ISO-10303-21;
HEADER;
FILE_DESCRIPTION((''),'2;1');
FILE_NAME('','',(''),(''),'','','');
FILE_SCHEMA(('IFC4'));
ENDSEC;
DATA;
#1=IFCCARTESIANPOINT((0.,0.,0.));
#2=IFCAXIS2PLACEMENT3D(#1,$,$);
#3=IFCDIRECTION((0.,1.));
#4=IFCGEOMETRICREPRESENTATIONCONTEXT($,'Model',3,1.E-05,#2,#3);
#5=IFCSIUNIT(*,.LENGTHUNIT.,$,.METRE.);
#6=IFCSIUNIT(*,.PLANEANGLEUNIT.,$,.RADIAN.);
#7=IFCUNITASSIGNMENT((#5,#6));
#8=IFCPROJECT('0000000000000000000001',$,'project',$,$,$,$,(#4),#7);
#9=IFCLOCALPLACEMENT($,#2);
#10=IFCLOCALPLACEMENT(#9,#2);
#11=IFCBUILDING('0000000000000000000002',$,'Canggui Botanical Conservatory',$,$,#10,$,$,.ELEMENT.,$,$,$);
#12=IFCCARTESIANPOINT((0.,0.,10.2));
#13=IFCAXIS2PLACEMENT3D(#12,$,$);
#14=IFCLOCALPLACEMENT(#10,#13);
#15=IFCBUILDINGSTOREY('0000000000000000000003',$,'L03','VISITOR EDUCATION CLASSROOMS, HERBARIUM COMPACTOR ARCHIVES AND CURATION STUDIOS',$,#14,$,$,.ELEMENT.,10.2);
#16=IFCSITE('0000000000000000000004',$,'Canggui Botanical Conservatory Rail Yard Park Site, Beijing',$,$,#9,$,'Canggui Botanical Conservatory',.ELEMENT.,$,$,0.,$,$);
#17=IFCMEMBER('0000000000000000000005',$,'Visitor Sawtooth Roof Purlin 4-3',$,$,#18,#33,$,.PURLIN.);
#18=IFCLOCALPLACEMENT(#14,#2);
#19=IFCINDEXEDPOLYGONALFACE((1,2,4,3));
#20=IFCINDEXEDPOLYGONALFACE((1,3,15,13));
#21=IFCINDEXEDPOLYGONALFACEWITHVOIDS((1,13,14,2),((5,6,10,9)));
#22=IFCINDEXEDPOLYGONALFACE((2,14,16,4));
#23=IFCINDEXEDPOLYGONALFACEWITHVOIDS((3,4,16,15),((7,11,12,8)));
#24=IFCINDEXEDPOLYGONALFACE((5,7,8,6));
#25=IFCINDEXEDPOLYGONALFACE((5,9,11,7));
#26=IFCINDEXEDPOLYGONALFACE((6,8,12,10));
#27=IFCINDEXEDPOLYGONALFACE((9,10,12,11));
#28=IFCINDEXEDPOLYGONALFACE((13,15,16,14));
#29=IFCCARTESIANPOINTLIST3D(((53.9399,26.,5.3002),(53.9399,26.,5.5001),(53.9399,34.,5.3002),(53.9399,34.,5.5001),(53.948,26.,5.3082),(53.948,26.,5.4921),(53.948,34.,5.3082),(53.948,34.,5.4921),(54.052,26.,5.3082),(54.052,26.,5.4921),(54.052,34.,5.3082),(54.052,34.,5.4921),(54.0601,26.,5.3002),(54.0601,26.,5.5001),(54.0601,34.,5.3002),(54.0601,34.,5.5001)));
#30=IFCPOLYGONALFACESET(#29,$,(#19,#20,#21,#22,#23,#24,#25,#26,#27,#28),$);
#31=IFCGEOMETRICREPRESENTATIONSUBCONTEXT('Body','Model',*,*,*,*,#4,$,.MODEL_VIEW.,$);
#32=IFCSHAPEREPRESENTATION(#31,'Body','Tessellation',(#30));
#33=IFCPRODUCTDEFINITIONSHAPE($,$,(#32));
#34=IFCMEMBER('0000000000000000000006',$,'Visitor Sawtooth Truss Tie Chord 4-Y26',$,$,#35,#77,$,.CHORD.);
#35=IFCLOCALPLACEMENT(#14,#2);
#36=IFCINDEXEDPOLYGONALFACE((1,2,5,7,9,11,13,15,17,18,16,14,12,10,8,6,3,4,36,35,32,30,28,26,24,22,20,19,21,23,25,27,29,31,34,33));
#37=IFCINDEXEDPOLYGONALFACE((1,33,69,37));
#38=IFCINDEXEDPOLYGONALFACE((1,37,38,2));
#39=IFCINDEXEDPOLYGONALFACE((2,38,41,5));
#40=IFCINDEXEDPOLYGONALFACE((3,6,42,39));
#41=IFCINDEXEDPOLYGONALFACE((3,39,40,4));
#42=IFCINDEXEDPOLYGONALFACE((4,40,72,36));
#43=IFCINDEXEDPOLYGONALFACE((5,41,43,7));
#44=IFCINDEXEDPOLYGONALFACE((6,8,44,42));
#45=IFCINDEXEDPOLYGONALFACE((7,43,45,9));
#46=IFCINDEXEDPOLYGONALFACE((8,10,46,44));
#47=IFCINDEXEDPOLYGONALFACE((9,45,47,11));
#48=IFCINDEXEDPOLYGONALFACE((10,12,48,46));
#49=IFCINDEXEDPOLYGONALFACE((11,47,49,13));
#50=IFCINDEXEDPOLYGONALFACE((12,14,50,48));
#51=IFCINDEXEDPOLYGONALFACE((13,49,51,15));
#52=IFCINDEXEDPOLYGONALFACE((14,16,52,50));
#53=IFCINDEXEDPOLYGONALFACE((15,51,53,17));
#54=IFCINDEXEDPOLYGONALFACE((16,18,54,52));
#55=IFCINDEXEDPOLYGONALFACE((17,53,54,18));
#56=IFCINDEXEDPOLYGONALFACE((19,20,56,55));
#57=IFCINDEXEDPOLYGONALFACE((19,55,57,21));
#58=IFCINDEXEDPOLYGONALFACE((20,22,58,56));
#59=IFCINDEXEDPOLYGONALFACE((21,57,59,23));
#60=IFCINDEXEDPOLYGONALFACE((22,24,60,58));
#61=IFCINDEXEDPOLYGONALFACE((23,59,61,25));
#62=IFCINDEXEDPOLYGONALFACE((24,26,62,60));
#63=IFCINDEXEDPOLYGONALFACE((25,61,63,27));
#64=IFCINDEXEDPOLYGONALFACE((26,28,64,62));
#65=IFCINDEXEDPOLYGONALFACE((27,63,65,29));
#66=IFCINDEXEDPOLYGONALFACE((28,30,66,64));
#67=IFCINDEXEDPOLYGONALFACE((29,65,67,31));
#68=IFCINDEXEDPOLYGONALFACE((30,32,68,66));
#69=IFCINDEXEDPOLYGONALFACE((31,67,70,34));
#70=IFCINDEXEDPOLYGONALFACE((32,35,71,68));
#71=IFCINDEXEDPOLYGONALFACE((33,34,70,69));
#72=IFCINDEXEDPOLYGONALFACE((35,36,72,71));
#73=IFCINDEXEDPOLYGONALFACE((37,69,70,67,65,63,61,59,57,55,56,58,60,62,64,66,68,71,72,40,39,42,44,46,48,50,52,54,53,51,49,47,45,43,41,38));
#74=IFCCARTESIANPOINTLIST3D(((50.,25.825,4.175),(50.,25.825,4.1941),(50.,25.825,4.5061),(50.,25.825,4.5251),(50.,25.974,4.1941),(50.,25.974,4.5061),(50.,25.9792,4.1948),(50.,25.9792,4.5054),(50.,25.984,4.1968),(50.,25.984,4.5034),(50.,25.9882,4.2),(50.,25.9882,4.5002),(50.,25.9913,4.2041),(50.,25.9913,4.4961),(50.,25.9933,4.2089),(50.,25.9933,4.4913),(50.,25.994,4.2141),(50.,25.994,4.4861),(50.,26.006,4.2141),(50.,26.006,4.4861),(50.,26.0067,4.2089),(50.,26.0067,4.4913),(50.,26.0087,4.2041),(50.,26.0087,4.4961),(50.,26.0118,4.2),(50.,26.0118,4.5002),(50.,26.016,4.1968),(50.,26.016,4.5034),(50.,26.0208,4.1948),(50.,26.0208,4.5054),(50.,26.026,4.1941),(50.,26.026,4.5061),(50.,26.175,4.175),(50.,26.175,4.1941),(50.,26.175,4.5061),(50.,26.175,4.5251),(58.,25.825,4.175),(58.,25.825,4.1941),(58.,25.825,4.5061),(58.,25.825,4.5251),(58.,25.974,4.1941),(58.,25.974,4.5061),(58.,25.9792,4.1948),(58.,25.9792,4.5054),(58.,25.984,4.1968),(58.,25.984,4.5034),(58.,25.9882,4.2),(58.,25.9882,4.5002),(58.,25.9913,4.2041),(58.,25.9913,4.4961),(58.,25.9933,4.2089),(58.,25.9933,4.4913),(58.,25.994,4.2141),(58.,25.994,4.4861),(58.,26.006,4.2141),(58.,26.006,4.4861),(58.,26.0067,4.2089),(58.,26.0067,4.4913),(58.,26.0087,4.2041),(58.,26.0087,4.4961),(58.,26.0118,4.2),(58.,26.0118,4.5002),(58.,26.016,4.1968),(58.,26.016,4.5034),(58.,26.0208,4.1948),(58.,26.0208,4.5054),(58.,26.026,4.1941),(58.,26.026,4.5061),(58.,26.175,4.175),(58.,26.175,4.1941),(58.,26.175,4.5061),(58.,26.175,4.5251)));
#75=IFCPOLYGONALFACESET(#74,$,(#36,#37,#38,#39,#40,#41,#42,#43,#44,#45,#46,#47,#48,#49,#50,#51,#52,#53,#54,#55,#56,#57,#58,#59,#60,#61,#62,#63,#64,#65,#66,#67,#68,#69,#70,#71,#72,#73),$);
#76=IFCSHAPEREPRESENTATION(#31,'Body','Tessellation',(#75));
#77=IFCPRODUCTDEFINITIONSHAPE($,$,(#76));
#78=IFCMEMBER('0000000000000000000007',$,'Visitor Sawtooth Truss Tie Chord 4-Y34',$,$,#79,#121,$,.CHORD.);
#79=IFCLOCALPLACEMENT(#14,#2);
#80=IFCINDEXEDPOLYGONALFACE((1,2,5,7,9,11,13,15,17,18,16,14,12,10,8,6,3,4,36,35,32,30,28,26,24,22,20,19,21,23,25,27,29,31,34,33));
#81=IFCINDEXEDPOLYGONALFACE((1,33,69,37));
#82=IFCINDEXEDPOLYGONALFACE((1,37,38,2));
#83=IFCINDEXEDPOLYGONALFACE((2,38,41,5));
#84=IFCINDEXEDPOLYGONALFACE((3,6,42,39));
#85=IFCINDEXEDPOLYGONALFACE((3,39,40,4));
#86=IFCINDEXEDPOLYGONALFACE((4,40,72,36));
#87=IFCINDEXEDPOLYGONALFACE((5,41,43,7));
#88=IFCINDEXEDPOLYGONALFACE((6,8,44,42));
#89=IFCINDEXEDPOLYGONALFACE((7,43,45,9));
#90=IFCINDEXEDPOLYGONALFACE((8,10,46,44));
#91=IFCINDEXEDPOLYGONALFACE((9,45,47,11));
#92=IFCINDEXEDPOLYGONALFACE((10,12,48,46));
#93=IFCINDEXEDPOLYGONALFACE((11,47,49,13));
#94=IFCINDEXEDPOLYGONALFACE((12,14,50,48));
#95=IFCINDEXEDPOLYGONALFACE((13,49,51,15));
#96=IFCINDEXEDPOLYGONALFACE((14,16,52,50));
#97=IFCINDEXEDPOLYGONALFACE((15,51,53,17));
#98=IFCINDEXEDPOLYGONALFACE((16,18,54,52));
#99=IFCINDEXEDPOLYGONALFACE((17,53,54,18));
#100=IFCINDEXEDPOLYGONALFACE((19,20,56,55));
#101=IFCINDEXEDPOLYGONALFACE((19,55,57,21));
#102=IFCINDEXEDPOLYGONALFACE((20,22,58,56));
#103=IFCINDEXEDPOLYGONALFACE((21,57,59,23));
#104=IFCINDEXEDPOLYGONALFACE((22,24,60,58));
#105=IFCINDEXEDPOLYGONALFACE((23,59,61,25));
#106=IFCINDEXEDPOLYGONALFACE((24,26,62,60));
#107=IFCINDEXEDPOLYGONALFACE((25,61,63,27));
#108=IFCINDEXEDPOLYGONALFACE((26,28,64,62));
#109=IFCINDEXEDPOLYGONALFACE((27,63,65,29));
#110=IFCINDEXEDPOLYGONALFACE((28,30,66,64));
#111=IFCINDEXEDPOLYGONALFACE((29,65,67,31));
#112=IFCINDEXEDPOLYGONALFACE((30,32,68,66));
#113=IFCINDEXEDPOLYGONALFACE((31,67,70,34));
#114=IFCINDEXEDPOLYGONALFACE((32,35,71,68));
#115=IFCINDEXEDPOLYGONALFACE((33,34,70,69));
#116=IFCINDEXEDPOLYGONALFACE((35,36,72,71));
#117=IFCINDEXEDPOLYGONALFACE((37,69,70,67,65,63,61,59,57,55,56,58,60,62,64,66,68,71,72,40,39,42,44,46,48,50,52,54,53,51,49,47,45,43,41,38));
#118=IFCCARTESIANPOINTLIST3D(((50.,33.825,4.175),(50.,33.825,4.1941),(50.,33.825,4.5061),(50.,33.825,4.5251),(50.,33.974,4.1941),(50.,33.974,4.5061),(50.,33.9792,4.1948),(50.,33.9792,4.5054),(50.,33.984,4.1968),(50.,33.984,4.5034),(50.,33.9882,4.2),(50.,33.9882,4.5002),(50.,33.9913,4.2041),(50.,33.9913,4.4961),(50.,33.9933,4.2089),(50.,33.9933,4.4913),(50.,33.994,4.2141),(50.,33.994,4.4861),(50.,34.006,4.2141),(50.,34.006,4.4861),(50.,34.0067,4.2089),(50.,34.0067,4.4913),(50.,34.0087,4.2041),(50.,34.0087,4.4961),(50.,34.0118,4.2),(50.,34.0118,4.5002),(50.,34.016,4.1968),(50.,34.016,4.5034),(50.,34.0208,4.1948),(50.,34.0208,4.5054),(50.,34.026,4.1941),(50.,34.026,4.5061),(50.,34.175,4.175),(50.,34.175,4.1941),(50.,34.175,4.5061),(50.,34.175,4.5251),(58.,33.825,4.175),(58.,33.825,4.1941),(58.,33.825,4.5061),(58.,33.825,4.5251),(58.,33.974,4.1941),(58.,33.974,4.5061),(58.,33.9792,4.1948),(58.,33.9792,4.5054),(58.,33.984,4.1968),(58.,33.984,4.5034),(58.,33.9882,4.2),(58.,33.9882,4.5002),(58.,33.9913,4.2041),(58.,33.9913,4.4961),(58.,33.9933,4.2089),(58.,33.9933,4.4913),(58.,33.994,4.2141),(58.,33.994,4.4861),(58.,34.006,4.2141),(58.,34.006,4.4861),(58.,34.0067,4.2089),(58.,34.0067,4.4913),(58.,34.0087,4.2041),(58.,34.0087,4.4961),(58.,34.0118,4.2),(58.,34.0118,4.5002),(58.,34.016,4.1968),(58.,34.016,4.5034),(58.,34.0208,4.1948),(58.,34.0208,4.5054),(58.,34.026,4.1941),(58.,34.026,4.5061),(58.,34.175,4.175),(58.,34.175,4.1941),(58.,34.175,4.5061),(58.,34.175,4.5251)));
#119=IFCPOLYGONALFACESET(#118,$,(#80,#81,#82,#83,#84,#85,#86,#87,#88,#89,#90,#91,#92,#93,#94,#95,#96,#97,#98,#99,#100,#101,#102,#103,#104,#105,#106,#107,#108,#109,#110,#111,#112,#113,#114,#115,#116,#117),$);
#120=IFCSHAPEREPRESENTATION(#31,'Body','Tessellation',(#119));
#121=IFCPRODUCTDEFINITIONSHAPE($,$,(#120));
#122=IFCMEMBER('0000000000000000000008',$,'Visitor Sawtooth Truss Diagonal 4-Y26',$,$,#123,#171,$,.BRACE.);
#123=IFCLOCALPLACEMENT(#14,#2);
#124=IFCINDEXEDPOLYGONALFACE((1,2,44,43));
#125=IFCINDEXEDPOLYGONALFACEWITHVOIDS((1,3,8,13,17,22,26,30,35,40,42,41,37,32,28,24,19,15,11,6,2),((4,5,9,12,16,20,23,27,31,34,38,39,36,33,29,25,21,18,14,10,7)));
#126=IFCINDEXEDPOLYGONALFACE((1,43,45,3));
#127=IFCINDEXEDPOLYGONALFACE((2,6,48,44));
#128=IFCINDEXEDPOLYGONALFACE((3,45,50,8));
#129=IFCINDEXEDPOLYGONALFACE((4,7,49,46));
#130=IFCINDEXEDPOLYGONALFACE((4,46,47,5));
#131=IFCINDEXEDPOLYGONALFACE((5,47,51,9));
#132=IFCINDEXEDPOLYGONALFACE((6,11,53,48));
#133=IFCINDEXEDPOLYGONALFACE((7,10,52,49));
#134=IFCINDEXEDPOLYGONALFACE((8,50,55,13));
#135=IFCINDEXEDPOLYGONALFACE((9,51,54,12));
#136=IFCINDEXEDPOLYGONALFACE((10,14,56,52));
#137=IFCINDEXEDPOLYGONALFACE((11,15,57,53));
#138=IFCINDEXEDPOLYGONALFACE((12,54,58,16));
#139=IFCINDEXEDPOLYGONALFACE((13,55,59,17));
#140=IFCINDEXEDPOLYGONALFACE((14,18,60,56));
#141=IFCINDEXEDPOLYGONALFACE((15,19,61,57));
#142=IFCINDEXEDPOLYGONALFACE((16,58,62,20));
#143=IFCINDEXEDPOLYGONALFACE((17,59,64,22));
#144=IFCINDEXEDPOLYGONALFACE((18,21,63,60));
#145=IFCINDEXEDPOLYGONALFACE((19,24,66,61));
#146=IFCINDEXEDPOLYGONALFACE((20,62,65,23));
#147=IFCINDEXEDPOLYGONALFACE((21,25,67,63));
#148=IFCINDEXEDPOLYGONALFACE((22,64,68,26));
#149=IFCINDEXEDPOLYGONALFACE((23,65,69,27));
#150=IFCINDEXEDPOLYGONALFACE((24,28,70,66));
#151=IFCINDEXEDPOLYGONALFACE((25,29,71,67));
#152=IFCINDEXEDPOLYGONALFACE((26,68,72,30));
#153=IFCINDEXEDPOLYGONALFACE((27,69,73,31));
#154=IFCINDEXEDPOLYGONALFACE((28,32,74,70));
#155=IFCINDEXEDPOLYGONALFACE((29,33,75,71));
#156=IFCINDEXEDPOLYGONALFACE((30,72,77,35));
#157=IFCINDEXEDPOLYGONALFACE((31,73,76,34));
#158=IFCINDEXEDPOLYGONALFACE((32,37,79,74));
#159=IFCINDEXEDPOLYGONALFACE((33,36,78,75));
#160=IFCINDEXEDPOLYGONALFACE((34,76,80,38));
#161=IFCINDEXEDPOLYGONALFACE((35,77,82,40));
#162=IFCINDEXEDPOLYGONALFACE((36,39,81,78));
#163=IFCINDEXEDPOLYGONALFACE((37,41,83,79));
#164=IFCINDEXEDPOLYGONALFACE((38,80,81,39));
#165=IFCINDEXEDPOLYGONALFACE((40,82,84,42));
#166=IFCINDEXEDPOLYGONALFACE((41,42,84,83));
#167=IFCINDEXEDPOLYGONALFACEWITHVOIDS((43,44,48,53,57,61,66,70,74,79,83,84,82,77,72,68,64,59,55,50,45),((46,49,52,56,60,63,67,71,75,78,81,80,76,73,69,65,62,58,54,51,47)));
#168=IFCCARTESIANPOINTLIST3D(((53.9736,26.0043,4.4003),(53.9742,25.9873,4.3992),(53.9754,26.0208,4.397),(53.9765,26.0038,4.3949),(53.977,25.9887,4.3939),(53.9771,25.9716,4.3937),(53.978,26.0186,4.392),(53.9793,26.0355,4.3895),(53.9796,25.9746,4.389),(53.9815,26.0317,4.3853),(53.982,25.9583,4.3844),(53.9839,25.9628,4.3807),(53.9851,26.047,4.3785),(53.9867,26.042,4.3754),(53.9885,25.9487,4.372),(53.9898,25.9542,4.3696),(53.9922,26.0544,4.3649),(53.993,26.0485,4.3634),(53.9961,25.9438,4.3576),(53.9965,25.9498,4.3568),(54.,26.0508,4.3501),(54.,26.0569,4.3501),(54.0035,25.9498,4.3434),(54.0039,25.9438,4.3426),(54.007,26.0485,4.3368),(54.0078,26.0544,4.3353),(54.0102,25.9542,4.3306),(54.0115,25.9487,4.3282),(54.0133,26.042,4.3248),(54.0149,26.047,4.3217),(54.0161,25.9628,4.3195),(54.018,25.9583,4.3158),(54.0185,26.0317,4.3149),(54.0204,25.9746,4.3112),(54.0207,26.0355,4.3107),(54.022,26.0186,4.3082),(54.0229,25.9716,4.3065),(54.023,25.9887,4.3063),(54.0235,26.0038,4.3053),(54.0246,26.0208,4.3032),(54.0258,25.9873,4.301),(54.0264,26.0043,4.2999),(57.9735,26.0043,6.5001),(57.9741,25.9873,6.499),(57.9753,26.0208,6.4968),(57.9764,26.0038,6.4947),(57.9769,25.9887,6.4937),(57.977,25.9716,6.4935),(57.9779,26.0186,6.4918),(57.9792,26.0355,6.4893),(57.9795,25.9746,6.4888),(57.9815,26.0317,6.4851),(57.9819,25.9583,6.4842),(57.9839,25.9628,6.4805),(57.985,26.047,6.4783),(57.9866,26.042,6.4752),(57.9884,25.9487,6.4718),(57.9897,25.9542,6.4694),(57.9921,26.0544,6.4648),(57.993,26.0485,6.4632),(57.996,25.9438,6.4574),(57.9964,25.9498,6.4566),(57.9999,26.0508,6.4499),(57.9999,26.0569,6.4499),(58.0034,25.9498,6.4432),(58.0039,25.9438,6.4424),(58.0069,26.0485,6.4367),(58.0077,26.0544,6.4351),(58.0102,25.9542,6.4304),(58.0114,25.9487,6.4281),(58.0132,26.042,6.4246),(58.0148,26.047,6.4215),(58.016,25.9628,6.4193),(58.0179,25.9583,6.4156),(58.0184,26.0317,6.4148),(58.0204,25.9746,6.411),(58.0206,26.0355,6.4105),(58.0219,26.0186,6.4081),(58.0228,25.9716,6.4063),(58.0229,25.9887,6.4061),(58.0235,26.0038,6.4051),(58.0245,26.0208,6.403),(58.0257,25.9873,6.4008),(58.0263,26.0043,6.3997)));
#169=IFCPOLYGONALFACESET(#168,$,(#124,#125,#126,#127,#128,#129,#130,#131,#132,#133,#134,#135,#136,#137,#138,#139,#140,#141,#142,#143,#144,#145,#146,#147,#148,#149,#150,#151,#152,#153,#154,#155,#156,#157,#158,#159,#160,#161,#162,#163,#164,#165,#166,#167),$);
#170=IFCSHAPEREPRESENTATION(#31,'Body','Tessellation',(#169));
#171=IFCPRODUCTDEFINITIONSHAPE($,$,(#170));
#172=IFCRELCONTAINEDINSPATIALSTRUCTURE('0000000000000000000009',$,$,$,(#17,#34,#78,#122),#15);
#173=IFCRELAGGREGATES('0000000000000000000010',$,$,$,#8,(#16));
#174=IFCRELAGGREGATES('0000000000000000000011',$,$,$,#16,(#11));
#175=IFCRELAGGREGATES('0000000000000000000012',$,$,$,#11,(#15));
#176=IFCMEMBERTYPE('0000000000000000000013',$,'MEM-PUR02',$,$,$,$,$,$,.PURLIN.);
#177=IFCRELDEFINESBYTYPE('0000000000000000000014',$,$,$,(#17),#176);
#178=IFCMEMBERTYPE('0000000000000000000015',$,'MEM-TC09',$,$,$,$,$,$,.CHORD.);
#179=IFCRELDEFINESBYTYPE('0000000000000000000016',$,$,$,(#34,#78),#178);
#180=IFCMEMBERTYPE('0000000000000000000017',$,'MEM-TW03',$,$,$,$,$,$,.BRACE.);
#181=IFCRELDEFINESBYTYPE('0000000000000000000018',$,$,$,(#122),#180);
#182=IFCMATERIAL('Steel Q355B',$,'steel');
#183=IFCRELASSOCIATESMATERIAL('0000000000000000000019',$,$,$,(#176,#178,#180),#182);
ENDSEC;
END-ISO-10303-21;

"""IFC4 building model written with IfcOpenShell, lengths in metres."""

from ifc_helpers import new_model, si_unit, direction, frame, origin, origin_2d, place, context, subcontext, project, spatial, hollow_rectangle, hollow_circle, i_section, extrude, material, material_profile, profile_set, type_object, element, save


model = new_model("IFC4")

# Units and contexts
model_context = context("Model", 3, precision=1e-05, world=origin(), true_north=direction((0.0, 1.0)))
body_context = subcontext(model_context, "Body", "Model", "MODEL_VIEW")
ifc_project = project(units=[si_unit("LENGTHUNIT", "METRE"), si_unit("PLANEANGLEUNIT", "RADIAN")], contexts=[model_context])

# Site, building, storey
site_placement = place(None, origin())
site = spatial("IfcSite", under=ifc_project, at=site_placement, Name="Canggui Botanical Conservatory Rail Yard Park Site, Beijing", LongName="Canggui Botanical Conservatory", CompositionType="ELEMENT", RefElevation=0.0)
building_placement = place(site_placement, origin())
building = spatial("IfcBuilding", under=site, at=building_placement, Name="Canggui Botanical Conservatory", CompositionType="ELEMENT")
storey_placement = place(building_placement, frame((0.0, 0.0, 10.2)))
storey = spatial("IfcBuildingStorey", under=building, at=storey_placement, Name="L03", Description="VISITOR EDUCATION CLASSROOMS, HERBARIUM COMPACTOR ARCHIVES AND CURATION STUDIOS", CompositionType="ELEMENT", Elevation=10.2)

# Shared definitions
ifc_material_1 = material(Name="Steel Q355B", Category="steel")

# Members
ifc_material_profile_1 = material_profile(ifc_material_1, hollow_rectangle(XDim=0.1201, YDim=0.2, WallThickness=0.0081, at=origin_2d()), Name="RHS 120x200x8")
ifc_profile_set_1 = profile_set([ifc_material_profile_1], Name="Steel Q355B")
member_type_1 = type_object("IfcMemberType", Name="MEM-PUR02", PredefinedType="PURLIN", material=ifc_profile_set_1)
member_1_placement = place(storey_placement, frame((54.0, 26.0, 5.4001), z_axis=(0.0, 1.0, 0.0), x_axis=(-1.0, 0.0, 0.0)))
element("IfcMember", 1, at=member_1_placement, inside=storey, type_object=member_type_1, Name="Visitor Sawtooth Roof Purlin 4-3", PredefinedType="PURLIN", context=body_context, shape_type="SweptSolid", body=[
    extrude(hollow_rectangle(XDim=0.1201, YDim=0.2, WallThickness=0.0081, at=origin_2d()), origin(), (0.0, 0.0, 1.0), 8.0),
])
ifc_material_profile_2 = material_profile(ifc_material_1, i_section(OverallWidth=0.3501, OverallDepth=0.3501, WebThickness=0.012, FlangeThickness=0.019, FilletRadius=0.02, at=origin_2d()), Name="HW 350x350x12x19")
ifc_profile_set_2 = profile_set([ifc_material_profile_2], Name="Steel Q355B")
member_type_2 = type_object("IfcMemberType", Name="MEM-TC09", PredefinedType="CHORD", material=ifc_profile_set_2)
for number, where, z_axis, x_axis, name in (
    (2, (50.0, 26.0, 4.3501), (1.0, 0.0, 0.0), (0.0, 1.0, 0.0), "Visitor Sawtooth Truss Tie Chord 4-Y26"),
    (3, (50.0, 34.0, 4.3501), (1.0, 0.0, 0.0), (0.0, 1.0, 0.0), "Visitor Sawtooth Truss Tie Chord 4-Y34"),
):
    element("IfcMember", number, at=place(storey_placement, frame(where, z_axis=z_axis, x_axis=x_axis)), inside=storey, type_object=member_type_2, Name=name, PredefinedType="CHORD", context=body_context, shape_type="SweptSolid", body=[
        extrude(i_section(OverallWidth=0.3501, OverallDepth=0.3501, WebThickness=0.012, FlangeThickness=0.019, FilletRadius=0.02, at=origin_2d()), origin(), (0.0, 0.0, 1.0), 8.0),
    ])
ifc_material_profile_3 = material_profile(ifc_material_1, hollow_circle(Radius=0.0569, WallThickness=0.0061, at=origin_2d()), Name="CHS 114x6")
ifc_profile_set_3 = profile_set([ifc_material_profile_3], Name="Steel Q355B")
member_type_3 = type_object("IfcMemberType", Name="MEM-TW03", PredefinedType="BRACE", material=ifc_profile_set_3)
for number, where, z_axis, x_axis, name in (
    (4, (54.0, 26.0, 4.3501), (0.885411, 0.0, 0.464808), (0.0, 1.0, 0.0), "Visitor Sawtooth Truss Diagonal 4-Y26"),
):
    element("IfcMember", number, at=place(storey_placement, frame(where, z_axis=z_axis, x_axis=x_axis)), inside=storey, type_object=member_type_3, Name=name, PredefinedType="BRACE", context=body_context, shape_type="SweptSolid", body=[
        extrude(hollow_circle(Radius=0.0569, WallThickness=0.0061, at=origin_2d()), origin(), (0.0, 0.0, 1.0), 4.5176),
    ])

save(model, "model.ifc")
